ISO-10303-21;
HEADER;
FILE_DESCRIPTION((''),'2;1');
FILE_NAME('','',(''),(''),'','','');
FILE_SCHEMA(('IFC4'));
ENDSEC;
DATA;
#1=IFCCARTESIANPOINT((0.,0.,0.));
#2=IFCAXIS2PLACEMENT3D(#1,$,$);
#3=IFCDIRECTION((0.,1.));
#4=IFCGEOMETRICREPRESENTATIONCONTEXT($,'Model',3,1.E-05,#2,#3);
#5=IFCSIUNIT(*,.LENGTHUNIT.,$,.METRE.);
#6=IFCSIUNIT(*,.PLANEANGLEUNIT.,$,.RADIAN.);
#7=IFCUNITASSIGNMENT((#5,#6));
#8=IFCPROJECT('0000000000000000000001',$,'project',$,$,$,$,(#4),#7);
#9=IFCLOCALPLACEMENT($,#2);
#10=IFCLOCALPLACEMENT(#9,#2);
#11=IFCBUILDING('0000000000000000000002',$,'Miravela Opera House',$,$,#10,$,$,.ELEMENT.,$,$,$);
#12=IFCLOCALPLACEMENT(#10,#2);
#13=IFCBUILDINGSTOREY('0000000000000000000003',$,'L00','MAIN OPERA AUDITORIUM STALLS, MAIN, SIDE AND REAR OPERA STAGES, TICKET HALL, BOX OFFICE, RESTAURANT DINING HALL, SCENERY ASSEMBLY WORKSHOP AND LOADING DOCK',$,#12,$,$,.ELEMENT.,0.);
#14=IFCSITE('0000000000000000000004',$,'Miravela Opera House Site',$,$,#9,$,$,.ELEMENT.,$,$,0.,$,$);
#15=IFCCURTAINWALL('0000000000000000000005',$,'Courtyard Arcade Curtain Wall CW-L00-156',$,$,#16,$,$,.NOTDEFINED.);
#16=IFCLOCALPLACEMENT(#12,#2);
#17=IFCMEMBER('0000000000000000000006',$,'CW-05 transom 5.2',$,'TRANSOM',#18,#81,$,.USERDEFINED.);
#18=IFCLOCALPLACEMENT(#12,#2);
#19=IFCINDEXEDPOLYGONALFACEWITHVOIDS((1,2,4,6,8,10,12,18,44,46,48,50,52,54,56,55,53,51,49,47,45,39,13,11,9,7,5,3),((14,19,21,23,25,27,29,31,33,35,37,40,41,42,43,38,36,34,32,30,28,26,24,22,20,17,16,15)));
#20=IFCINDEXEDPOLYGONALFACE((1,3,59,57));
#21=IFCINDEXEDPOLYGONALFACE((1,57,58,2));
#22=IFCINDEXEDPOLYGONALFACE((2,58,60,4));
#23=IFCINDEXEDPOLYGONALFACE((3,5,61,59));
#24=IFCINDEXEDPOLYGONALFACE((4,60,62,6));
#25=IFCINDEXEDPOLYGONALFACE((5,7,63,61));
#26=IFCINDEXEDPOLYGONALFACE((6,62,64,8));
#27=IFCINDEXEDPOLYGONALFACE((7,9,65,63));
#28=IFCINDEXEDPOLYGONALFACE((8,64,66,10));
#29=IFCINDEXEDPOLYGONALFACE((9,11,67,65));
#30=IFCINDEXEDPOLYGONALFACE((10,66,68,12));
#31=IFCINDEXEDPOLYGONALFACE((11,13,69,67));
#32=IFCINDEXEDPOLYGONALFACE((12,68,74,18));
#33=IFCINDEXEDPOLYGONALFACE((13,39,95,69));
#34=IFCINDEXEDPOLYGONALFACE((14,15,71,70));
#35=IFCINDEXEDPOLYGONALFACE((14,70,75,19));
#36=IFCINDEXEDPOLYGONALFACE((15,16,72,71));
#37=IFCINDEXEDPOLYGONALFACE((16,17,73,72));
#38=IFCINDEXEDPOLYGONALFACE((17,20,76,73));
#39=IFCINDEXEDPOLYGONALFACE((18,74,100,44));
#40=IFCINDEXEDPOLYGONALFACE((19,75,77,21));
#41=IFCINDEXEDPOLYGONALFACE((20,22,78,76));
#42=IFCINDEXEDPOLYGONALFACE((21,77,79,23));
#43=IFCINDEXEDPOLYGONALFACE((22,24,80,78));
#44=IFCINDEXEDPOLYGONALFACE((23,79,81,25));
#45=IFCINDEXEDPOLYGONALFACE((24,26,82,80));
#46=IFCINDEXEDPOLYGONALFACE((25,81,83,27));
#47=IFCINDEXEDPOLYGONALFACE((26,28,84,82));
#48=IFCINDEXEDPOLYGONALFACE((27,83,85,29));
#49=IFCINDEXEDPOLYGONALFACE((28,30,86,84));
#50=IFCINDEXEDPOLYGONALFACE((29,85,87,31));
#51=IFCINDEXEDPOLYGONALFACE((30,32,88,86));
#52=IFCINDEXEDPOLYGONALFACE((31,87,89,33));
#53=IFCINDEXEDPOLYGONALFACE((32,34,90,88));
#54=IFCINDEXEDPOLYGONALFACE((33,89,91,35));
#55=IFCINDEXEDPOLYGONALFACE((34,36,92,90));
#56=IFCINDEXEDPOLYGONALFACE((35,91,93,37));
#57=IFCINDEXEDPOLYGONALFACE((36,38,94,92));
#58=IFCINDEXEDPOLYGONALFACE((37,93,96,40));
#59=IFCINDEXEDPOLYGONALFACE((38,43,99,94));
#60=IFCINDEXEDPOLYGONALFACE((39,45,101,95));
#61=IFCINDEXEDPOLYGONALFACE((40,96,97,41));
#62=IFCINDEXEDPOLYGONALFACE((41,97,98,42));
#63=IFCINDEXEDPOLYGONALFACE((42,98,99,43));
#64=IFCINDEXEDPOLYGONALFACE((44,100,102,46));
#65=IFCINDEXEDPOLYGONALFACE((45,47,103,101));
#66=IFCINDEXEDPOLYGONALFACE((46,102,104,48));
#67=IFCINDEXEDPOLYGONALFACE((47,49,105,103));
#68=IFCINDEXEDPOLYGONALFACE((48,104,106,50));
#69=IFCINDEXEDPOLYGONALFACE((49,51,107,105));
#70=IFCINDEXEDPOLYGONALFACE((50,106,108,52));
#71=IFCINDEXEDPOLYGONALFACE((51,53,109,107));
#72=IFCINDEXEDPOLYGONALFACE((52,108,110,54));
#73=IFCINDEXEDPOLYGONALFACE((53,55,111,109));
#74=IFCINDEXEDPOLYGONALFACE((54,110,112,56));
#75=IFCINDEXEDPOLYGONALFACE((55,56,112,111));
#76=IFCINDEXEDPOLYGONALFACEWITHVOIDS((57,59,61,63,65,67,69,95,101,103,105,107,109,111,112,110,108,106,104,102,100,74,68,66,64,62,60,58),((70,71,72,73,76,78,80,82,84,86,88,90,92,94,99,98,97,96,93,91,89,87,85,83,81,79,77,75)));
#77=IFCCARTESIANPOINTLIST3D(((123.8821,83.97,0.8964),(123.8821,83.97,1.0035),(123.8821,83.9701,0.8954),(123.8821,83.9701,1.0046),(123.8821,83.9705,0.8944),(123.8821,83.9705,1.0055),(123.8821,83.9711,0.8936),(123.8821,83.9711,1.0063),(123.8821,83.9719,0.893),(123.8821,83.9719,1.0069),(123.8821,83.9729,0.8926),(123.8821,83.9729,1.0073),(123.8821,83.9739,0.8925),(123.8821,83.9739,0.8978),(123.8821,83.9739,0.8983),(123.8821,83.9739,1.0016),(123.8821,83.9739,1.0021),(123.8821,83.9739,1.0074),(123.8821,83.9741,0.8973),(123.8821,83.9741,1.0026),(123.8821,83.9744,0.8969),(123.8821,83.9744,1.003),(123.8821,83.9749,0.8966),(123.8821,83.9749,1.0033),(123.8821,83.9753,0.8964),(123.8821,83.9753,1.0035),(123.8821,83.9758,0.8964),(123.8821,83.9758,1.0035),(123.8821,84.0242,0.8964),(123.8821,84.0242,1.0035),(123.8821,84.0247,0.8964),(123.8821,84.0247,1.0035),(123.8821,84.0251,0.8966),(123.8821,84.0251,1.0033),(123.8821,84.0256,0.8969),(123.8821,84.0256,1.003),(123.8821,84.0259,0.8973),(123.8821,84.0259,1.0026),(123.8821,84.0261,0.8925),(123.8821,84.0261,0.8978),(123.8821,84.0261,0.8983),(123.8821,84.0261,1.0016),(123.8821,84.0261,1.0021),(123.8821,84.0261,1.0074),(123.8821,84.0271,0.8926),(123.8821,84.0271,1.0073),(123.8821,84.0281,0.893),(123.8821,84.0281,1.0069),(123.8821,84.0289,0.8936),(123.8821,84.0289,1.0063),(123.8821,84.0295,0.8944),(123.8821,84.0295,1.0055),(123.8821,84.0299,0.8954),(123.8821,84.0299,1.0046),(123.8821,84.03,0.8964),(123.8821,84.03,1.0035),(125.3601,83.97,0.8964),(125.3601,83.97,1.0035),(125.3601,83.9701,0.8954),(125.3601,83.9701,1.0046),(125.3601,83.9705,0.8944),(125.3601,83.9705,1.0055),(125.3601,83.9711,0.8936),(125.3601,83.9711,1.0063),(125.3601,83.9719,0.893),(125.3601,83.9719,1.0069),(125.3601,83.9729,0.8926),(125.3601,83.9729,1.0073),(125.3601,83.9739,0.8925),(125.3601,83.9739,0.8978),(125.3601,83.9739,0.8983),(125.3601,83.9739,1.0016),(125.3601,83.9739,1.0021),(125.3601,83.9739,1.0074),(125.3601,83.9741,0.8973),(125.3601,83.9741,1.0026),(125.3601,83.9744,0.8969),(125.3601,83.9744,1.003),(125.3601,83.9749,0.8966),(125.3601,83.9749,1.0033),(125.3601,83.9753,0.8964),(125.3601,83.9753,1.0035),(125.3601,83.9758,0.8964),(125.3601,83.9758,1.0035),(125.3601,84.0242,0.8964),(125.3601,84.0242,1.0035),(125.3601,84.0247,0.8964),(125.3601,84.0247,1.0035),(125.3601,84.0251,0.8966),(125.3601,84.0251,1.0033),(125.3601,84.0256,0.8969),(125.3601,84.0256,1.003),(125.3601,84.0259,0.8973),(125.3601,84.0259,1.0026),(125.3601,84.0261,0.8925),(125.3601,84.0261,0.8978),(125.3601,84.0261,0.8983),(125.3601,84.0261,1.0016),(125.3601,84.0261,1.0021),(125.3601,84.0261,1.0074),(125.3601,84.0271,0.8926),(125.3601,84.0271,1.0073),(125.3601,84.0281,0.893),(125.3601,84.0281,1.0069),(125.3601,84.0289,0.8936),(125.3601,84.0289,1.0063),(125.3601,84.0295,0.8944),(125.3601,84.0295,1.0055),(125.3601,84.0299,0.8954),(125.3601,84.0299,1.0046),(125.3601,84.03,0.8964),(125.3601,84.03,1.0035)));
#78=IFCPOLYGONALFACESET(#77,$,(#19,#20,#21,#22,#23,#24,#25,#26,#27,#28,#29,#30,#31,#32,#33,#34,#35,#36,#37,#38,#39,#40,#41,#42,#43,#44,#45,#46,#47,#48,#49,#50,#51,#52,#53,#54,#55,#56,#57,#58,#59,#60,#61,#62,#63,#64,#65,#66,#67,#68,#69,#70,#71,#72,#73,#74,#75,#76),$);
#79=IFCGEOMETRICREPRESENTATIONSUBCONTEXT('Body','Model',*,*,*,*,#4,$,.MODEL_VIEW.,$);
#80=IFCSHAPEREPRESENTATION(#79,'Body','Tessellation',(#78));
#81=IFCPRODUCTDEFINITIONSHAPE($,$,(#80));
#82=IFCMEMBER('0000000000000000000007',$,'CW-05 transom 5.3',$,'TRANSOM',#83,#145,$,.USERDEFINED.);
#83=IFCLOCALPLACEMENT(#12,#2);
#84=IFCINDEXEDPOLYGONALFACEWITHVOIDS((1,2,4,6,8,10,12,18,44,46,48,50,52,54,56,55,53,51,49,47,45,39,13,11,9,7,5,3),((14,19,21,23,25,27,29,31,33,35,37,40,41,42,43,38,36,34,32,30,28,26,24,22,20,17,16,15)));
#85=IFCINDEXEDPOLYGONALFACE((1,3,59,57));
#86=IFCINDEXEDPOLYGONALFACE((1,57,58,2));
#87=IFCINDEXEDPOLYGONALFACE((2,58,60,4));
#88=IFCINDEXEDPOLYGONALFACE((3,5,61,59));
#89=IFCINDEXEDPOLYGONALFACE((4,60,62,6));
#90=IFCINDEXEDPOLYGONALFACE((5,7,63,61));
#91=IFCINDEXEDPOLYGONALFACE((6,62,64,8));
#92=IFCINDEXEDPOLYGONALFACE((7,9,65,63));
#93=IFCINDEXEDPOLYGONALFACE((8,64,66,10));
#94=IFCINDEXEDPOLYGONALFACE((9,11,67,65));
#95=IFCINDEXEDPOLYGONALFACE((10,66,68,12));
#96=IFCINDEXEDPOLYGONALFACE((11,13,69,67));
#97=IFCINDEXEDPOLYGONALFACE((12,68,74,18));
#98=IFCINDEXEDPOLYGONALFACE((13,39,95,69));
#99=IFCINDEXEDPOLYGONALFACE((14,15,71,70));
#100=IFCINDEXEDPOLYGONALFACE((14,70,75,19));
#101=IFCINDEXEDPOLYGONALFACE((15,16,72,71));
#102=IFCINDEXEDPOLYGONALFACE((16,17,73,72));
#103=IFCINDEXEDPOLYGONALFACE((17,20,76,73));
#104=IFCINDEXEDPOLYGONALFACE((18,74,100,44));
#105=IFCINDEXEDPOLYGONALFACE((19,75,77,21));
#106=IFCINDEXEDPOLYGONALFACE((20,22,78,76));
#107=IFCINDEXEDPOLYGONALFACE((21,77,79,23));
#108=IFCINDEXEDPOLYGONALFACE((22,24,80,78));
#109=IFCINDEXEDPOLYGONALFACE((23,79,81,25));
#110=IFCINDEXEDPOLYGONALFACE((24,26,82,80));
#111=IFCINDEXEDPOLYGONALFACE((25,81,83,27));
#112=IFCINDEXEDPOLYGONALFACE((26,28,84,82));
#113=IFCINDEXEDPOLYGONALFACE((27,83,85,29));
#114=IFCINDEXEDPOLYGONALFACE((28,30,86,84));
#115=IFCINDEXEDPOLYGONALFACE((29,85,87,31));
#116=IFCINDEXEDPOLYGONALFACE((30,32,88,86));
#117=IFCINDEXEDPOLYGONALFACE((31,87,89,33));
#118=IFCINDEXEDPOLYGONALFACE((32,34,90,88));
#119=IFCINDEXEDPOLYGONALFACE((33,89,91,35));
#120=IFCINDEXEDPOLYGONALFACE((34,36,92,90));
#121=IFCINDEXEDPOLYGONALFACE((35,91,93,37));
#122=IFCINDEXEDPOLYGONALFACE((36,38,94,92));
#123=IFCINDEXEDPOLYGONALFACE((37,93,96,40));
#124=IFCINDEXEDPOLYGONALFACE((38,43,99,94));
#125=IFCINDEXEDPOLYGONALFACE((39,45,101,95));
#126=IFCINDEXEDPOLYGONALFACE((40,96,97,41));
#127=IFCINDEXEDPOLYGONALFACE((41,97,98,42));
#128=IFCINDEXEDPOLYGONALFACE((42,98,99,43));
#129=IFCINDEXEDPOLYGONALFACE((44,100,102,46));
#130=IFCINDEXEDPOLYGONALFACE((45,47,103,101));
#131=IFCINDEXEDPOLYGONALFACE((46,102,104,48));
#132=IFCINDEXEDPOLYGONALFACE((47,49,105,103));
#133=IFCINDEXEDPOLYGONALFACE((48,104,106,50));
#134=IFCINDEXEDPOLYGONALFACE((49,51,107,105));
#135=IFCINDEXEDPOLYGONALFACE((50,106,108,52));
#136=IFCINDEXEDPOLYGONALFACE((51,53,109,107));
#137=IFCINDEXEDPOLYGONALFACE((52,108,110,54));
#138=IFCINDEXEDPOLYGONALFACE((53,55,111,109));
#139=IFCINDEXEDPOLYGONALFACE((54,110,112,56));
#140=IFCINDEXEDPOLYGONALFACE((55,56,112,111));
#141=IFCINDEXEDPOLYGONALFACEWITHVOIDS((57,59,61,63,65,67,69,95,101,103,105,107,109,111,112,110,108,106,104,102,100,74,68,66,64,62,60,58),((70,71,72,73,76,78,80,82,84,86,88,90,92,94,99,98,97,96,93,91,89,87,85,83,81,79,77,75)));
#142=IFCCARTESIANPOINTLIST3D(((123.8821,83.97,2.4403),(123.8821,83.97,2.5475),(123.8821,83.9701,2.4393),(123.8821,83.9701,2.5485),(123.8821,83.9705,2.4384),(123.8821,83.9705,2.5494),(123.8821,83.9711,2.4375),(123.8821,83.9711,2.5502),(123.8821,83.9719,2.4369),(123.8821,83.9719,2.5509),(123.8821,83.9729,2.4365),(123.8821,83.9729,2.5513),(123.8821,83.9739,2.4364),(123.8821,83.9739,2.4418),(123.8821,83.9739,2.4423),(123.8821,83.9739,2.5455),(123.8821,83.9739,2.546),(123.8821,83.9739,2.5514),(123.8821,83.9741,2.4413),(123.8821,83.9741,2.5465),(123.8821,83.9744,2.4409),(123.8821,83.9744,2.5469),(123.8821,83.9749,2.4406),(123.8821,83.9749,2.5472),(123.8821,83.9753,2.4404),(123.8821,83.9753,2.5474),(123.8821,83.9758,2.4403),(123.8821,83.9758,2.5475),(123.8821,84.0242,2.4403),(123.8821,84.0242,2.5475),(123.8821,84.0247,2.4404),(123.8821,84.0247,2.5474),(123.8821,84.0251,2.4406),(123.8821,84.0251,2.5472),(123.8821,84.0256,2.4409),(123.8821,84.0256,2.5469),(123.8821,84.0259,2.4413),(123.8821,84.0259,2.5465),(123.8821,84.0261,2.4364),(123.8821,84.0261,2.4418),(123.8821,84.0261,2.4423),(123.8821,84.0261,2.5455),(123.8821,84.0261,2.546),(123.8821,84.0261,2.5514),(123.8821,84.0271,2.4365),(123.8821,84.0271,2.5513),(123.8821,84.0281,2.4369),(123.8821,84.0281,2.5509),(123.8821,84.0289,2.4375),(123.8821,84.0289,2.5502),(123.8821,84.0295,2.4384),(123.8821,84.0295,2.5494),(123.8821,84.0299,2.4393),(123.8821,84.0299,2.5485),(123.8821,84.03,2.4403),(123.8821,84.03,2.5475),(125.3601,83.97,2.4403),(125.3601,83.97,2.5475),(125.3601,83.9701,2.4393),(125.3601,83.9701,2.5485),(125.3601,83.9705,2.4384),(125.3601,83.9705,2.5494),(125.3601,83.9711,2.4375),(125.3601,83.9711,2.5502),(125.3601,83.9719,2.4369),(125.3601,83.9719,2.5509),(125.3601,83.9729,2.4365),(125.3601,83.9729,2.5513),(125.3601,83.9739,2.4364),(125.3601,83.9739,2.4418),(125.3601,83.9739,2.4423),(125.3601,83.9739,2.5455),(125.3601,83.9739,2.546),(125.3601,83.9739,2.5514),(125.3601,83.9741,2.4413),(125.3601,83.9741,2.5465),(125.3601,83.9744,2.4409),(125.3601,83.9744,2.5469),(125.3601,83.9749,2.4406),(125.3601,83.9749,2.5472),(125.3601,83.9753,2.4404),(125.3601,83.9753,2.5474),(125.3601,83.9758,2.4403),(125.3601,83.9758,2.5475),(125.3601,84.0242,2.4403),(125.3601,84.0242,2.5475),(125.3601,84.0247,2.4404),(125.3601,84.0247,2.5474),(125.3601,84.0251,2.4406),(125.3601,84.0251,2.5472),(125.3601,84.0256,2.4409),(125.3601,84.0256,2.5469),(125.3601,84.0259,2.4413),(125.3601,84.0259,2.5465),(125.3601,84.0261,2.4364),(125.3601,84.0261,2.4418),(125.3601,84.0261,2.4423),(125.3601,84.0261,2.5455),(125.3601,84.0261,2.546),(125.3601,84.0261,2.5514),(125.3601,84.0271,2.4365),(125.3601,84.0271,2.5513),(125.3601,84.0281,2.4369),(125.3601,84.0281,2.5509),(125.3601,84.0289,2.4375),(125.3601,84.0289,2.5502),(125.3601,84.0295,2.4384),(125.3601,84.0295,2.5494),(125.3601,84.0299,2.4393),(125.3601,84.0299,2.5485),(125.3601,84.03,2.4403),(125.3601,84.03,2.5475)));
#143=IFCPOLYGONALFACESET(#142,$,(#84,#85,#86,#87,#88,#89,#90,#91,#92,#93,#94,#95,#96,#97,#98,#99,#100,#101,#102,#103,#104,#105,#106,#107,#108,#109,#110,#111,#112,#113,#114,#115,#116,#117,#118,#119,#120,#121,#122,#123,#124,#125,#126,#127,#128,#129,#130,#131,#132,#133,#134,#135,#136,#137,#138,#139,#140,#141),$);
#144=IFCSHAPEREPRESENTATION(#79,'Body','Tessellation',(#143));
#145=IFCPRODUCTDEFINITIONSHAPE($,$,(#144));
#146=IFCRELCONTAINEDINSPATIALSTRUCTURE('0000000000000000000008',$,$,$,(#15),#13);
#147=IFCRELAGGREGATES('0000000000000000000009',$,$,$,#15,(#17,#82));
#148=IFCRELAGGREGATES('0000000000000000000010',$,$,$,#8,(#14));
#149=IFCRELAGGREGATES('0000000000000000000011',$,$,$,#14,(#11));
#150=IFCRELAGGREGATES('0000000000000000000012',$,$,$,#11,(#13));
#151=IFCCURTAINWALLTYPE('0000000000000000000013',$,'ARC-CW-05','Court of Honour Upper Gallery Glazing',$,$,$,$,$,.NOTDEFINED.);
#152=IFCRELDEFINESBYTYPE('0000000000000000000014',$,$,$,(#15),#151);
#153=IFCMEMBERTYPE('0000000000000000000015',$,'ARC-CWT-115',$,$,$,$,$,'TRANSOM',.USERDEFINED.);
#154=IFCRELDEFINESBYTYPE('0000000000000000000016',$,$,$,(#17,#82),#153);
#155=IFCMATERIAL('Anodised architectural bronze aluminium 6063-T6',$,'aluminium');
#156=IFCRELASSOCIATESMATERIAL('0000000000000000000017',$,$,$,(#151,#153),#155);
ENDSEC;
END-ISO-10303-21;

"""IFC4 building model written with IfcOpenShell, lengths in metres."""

from ifc_helpers import new_model, si_unit, direction, frame, origin, origin_2d, place, context, subcontext, project, spatial, hollow_rectangle, extrude, material, material_profile, profile_set, type_object, element, aggregate, save


model = new_model("IFC4")

# Units and contexts
model_context = context("Model", 3, precision=1e-05, world=origin(), true_north=direction((0.0, 1.0)))
body_context = subcontext(model_context, "Body", "Model", "MODEL_VIEW")
ifc_project = project(units=[si_unit("LENGTHUNIT", "METRE"), si_unit("PLANEANGLEUNIT", "RADIAN")], contexts=[model_context])

# Site, building, storey
site_placement = place(None, origin())
site = spatial("IfcSite", under=ifc_project, at=site_placement, Name="Miravela Opera House Site", CompositionType="ELEMENT", RefElevation=0.0)
building_placement = place(site_placement, origin())
building = spatial("IfcBuilding", under=site, at=building_placement, Name="Miravela Opera House", CompositionType="ELEMENT")
storey_placement = place(building_placement, origin())
storey = spatial("IfcBuildingStorey", under=building, at=storey_placement, Name="L00", Description="MAIN OPERA AUDITORIUM STALLS, MAIN, SIDE AND REAR OPERA STAGES, TICKET HALL, BOX OFFICE, RESTAURANT DINING HALL, SCENERY ASSEMBLY WORKSHOP AND LOADING DOCK", CompositionType="ELEMENT", Elevation=0.0)

# Curtain wall, members
ifc_material_1 = material(Name="Anodised architectural bronze aluminium 6063-T6", Category="aluminium")
curtain_wall_type = type_object("IfcCurtainWallType", Name="ARC-CW-05", Description="Court of Honour Upper Gallery Glazing", PredefinedType="NOTDEFINED", material=ifc_material_1)
curtain_wall_placement = place(storey_placement, origin())
curtain_wall = element("IfcCurtainWall", 1, at=curtain_wall_placement, inside=storey, type_object=curtain_wall_type, Name="Courtyard Arcade Curtain Wall CW-L00-156", PredefinedType="NOTDEFINED")
ifc_material_profile_1 = material_profile(ifc_material_1, hollow_rectangle(XDim=0.0601, YDim=0.115, WallThickness=0.0039, InnerFilletRadius=0.002, OuterFilletRadius=0.0039, at=origin_2d()), Name="CWT-60X115")
ifc_profile_set_1 = profile_set([ifc_material_profile_1])
member_type_1 = type_object("IfcMemberType", Name="ARC-CWT-115", ElementType="TRANSOM", PredefinedType="USERDEFINED", material=ifc_profile_set_1)
member_1_placement = place(storey_placement, frame((123.8821, 84.0, 0.95), z_axis=(1.0, 0.0, 0.0), x_axis=(0.0, 1.0, 0.0)))
member_1 = element("IfcMember", 2, at=member_1_placement, type_object=member_type_1, Name="CW-05 transom 5.2", ObjectType="TRANSOM", PredefinedType="USERDEFINED", context=body_context, shape_type="SweptSolid", body=[
    extrude(hollow_rectangle(XDim=0.0601, YDim=0.115, WallThickness=0.0039, InnerFilletRadius=0.002, OuterFilletRadius=0.0039, at=origin_2d()), origin(), (0.0, 0.0, 1.0), 1.478),
])
member_2_placement = place(storey_placement, frame((123.8821, 84.0, 2.4939), z_axis=(1.0, 0.0, 0.0), x_axis=(0.0, 1.0, 0.0)))
member_2 = element("IfcMember", 3, at=member_2_placement, type_object=member_type_1, Name="CW-05 transom 5.3", ObjectType="TRANSOM", PredefinedType="USERDEFINED", context=body_context, shape_type="SweptSolid", body=[
    extrude(hollow_rectangle(XDim=0.0601, YDim=0.115, WallThickness=0.0039, InnerFilletRadius=0.002, OuterFilletRadius=0.0039, at=origin_2d()), origin(), (0.0, 0.0, 1.0), 1.478),
])
aggregate(curtain_wall, [member_1, member_2])

save(model, "model.ifc")
